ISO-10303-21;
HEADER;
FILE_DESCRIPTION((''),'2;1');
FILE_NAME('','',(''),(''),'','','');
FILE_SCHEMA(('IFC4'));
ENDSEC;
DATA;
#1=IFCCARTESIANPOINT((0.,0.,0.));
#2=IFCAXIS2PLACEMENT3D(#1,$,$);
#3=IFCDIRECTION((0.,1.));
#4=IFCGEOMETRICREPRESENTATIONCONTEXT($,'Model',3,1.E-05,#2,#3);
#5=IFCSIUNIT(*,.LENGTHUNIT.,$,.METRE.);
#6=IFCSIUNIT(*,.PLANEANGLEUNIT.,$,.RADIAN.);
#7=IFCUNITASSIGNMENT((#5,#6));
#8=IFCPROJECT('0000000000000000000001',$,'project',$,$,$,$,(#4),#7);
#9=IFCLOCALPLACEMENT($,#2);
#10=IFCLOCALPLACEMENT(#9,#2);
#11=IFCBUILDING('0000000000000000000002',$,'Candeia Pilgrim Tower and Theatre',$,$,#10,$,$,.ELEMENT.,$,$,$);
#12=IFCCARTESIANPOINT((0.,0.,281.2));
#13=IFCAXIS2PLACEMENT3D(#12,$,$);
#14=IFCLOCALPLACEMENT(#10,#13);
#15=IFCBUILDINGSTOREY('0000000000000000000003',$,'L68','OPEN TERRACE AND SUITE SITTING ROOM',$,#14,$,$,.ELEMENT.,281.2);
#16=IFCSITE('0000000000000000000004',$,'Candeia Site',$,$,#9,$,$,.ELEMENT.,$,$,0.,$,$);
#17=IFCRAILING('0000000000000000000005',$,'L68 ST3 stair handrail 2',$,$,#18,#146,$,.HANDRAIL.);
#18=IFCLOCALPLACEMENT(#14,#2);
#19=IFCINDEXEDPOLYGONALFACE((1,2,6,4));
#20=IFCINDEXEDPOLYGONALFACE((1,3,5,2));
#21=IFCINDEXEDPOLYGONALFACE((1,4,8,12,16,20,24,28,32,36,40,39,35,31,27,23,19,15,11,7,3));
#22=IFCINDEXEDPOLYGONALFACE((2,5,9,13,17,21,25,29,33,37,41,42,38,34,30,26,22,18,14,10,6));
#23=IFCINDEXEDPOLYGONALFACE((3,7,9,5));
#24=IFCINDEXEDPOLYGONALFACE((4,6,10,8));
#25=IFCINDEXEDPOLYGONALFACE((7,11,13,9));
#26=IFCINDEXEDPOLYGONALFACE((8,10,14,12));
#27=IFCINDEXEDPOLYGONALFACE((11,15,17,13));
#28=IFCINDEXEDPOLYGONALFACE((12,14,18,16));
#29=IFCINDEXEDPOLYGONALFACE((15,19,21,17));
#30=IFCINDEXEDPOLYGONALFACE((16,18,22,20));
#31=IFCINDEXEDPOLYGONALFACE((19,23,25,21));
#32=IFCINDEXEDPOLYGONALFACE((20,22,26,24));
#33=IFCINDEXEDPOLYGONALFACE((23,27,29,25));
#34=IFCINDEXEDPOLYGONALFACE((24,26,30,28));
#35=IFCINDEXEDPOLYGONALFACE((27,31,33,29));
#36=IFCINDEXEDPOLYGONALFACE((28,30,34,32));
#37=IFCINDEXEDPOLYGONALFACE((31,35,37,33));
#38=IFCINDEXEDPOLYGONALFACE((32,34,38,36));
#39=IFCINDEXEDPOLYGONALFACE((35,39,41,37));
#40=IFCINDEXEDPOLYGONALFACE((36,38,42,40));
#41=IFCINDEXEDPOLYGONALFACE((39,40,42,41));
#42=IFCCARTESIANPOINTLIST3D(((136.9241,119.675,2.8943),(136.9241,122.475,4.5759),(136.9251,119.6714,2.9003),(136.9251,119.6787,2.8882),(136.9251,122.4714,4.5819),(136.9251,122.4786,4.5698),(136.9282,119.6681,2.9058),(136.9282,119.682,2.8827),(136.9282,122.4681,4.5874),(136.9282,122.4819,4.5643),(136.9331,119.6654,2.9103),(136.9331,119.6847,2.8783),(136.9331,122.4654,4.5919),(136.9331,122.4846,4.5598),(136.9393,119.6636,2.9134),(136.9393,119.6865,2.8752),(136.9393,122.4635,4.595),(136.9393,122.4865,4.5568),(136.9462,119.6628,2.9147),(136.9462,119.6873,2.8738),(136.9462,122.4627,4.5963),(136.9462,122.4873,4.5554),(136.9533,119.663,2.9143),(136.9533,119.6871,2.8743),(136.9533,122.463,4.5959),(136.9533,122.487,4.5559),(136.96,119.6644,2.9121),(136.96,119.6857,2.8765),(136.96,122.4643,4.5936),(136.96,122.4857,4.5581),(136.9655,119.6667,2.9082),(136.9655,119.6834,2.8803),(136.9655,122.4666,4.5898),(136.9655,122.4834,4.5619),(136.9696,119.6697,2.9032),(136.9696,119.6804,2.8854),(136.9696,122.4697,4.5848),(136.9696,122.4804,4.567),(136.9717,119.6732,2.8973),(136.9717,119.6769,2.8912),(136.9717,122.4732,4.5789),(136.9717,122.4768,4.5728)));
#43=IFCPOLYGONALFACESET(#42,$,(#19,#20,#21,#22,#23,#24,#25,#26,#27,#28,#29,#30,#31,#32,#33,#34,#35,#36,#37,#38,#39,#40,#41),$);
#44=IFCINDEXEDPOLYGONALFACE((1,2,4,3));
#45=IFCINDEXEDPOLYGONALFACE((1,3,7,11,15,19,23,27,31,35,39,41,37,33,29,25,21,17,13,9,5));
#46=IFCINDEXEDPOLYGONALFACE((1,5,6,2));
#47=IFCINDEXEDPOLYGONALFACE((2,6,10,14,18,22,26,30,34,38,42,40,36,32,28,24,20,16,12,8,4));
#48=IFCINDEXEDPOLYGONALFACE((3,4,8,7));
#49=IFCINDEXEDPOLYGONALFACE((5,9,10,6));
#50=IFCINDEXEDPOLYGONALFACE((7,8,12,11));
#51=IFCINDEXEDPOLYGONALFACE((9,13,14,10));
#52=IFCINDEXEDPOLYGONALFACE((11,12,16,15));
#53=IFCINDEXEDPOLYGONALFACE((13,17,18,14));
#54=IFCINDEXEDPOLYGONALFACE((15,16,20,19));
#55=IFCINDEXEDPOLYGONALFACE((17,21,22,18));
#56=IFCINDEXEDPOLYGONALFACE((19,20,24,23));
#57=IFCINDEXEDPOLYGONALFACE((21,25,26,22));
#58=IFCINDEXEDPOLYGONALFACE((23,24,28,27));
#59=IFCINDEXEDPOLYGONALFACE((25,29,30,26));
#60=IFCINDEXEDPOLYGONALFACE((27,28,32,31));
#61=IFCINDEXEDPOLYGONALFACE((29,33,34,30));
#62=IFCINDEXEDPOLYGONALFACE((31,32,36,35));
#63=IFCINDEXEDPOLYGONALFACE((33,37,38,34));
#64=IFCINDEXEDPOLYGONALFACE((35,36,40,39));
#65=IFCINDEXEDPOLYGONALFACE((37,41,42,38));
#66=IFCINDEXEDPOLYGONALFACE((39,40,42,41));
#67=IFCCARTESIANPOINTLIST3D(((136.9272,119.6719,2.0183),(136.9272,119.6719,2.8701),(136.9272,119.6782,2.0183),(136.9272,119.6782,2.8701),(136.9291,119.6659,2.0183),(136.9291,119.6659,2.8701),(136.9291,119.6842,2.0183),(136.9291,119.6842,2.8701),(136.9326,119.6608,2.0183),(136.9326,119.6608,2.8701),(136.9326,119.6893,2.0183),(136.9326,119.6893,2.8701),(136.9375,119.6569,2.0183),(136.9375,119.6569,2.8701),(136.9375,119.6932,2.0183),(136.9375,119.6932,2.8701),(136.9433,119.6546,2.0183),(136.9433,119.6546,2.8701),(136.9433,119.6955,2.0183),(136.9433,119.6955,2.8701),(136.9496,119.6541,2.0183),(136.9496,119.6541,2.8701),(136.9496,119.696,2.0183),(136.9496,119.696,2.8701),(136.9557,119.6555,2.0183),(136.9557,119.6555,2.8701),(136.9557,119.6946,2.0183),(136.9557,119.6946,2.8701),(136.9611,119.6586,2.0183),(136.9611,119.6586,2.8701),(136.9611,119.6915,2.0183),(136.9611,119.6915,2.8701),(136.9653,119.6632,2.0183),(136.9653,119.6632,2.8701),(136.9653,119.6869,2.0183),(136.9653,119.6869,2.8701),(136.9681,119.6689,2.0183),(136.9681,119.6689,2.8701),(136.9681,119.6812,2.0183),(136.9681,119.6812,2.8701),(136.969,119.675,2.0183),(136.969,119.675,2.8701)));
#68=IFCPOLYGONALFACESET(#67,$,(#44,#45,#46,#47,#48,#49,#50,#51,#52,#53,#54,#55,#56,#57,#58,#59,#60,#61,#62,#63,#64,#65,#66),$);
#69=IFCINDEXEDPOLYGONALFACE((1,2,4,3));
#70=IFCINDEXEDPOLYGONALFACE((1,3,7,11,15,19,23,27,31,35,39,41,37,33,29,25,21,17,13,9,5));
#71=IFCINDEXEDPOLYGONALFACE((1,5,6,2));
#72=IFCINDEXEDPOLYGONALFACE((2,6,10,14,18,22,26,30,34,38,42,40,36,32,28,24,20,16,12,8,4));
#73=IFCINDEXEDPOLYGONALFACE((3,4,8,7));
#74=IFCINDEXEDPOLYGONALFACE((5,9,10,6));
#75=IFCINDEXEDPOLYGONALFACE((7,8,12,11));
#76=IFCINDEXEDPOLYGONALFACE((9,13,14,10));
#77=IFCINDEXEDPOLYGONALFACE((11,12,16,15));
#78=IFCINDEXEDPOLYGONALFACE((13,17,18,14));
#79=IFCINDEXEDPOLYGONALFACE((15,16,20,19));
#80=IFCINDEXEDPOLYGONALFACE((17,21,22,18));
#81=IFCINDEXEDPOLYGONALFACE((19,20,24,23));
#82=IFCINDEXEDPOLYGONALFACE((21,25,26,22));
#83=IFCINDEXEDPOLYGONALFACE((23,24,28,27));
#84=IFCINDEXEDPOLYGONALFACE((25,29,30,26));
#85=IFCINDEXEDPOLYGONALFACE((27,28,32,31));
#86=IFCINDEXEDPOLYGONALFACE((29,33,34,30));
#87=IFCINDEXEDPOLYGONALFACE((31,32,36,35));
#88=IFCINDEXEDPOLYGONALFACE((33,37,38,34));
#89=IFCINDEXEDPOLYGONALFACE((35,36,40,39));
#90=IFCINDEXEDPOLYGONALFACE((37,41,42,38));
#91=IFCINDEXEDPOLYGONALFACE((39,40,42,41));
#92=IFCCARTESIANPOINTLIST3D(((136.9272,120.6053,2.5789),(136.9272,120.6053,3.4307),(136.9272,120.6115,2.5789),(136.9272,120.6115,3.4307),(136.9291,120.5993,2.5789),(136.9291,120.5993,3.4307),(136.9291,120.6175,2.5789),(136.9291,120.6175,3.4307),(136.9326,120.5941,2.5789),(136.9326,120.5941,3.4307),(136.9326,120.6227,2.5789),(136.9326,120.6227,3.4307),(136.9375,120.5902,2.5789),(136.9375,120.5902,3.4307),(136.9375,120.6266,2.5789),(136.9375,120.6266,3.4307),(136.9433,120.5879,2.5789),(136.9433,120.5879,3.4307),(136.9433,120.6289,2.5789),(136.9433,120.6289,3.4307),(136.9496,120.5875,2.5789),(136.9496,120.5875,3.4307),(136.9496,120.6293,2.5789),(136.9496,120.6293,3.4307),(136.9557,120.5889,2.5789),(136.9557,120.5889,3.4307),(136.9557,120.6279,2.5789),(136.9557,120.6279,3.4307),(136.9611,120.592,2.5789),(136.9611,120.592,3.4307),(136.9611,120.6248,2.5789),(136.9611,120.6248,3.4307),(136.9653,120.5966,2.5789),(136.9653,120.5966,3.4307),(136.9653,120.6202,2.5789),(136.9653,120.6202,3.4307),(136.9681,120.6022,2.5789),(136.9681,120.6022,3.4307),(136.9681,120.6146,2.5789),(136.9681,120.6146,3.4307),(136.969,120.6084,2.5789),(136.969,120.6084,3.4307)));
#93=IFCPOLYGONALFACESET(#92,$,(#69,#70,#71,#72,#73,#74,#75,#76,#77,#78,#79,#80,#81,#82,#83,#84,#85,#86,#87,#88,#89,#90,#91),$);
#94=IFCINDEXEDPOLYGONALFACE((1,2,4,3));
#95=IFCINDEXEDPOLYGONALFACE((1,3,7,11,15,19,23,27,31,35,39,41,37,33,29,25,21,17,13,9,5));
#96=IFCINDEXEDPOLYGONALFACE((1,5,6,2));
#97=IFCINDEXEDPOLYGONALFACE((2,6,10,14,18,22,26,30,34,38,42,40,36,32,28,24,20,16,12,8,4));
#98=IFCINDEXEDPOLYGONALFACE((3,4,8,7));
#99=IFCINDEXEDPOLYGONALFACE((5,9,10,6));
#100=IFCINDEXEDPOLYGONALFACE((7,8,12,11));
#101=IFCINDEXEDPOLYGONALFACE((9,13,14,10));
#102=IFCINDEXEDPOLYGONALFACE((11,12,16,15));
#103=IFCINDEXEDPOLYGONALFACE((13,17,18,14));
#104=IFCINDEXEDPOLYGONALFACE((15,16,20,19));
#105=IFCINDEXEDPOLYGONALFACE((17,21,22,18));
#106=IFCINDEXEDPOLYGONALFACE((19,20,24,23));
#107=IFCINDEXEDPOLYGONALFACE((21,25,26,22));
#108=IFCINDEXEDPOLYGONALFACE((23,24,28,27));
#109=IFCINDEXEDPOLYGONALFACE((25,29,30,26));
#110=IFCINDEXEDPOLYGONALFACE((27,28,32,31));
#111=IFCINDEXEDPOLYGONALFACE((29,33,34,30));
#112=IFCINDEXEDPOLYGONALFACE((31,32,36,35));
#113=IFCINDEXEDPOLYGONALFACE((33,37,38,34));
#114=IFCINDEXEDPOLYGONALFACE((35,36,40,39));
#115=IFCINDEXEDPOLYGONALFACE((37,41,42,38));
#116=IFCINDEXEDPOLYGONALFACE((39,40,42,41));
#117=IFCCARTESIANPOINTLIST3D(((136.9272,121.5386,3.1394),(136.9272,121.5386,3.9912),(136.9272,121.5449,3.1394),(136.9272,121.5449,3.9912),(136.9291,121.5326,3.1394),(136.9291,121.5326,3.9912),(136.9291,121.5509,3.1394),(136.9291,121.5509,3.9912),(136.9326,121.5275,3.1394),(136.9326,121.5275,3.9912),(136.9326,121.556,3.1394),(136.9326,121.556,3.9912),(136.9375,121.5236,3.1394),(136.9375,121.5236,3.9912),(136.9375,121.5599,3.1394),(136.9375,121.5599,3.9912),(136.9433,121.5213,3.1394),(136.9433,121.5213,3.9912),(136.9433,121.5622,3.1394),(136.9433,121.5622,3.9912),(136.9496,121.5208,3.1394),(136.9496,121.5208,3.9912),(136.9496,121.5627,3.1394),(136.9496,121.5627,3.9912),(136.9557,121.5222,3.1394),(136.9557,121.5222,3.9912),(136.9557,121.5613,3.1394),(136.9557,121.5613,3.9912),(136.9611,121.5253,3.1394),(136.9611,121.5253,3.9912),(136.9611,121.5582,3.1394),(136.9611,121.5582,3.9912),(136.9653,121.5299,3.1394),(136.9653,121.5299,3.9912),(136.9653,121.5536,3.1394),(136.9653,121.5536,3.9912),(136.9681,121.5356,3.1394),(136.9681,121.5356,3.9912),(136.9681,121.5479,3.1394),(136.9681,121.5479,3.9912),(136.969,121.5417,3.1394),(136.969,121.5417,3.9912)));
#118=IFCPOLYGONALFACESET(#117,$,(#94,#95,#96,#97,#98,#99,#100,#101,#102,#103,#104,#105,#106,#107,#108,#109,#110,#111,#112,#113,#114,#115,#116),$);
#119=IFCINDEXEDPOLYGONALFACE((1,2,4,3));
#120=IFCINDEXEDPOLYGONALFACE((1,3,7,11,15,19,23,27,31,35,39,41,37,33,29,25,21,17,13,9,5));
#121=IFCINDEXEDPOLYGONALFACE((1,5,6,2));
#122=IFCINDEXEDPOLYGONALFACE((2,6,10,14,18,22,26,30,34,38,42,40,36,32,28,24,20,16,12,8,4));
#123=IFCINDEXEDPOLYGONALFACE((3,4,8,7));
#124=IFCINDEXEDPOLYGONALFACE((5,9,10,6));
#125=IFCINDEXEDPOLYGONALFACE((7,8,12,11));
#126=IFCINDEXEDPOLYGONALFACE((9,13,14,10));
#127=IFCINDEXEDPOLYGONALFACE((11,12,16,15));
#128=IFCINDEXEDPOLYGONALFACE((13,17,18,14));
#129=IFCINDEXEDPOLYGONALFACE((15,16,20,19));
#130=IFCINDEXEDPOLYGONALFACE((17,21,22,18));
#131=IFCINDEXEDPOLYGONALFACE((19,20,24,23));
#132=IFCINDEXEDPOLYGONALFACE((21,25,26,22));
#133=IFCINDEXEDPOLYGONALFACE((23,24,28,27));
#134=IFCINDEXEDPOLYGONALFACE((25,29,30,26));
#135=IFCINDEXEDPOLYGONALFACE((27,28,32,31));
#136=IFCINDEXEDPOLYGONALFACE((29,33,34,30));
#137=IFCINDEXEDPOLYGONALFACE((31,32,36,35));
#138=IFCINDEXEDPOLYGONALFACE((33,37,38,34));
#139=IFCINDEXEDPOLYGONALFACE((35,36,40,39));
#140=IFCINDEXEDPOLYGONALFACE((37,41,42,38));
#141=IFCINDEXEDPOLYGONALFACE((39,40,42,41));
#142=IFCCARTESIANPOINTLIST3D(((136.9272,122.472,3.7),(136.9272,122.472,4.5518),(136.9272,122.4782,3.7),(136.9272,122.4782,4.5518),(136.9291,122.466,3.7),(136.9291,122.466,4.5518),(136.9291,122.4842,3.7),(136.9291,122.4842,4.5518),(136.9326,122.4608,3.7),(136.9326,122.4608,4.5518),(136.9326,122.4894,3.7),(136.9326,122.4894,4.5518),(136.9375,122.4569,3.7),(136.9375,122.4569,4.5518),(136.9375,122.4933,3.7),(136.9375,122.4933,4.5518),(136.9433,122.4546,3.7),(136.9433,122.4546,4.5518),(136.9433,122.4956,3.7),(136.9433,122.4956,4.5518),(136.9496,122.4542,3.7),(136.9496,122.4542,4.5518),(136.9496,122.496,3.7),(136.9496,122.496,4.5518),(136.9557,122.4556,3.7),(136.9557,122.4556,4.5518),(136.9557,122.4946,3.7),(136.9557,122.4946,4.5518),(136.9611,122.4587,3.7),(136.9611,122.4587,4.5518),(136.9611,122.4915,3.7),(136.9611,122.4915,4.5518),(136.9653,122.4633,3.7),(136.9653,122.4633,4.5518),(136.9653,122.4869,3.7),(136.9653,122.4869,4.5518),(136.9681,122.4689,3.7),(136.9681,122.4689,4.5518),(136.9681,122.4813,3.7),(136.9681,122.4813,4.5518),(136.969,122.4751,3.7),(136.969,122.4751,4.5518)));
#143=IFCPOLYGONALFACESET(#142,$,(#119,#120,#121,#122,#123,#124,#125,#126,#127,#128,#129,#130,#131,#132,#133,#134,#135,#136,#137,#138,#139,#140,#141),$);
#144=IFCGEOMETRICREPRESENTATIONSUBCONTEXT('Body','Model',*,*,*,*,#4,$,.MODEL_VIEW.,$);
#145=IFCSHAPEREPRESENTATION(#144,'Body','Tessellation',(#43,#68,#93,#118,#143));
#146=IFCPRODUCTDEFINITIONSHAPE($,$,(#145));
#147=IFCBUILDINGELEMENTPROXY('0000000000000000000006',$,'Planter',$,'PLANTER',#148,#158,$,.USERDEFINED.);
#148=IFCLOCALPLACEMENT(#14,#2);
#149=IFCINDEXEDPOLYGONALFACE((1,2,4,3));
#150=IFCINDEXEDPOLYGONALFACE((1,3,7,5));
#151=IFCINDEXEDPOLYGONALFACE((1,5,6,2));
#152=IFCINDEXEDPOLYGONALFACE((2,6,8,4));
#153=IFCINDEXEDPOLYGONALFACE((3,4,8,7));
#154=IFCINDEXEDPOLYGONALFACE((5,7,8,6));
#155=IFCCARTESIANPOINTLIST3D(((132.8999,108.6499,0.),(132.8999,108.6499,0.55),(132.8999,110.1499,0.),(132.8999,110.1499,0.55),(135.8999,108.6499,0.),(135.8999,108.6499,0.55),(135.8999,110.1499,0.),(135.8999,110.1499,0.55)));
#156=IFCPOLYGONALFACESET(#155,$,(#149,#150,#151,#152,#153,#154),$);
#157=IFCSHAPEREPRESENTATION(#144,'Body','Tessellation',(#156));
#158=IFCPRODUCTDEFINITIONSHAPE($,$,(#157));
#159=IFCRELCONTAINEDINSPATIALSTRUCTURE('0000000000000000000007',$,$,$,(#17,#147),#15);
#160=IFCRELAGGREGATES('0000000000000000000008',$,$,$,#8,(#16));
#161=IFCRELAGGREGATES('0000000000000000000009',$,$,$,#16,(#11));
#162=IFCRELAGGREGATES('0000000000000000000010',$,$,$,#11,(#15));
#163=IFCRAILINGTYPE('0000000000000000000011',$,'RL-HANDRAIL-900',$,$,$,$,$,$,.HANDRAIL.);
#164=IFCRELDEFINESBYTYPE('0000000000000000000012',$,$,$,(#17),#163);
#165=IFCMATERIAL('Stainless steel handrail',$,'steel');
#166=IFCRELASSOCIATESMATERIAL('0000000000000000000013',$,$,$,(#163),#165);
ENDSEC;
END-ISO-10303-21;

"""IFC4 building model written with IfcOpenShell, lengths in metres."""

from ifc_helpers import new_model, si_unit, direction, frame, origin, origin_2d, place, context, subcontext, project, spatial, rectangle, circle, extrude, material, type_object, element, save


model = new_model("IFC4")

# Units and contexts
model_context = context("Model", 3, precision=1e-05, world=origin(), true_north=direction((0.0, 1.0)))
body_context = subcontext(model_context, "Body", "Model", "MODEL_VIEW")
ifc_project = project(units=[si_unit("LENGTHUNIT", "METRE"), si_unit("PLANEANGLEUNIT", "RADIAN")], contexts=[model_context])

# Site, building, storey
site_placement = place(None, origin())
site = spatial("IfcSite", under=ifc_project, at=site_placement, Name="Candeia Site", CompositionType="ELEMENT", RefElevation=0.0)
building_placement = place(site_placement, origin())
building = spatial("IfcBuilding", under=site, at=building_placement, Name="Candeia Pilgrim Tower and Theatre", CompositionType="ELEMENT")
storey_placement = place(building_placement, frame((0.0, 0.0, 281.2)))
storey = spatial("IfcBuildingStorey", under=building, at=storey_placement, Name="L68", Description="OPEN TERRACE AND SUITE SITTING ROOM", CompositionType="ELEMENT", Elevation=281.2)

# Railing
ifc_material_1 = material(Name="Stainless steel handrail", Category="steel")
railing_type_1 = type_object("IfcRailingType", Name="RL-HANDRAIL-900", PredefinedType="HANDRAIL", material=ifc_material_1)
railing_1_placement = place(storey_placement, frame((136.948, 119.675, 2.0183)))
element("IfcRailing", 1, at=railing_1_placement, inside=storey, type_object=railing_type_1, Name="L68 ST3 stair handrail 2", PredefinedType="HANDRAIL", context=body_context, shape_type="SweptSolid", body=[
    extrude(circle(Radius=0.0239, at=origin_2d()), frame((0.0, 0.0, 0.876), z_axis=(0.0, 0.857275, 0.514858), x_axis=(-1.0, 0.0, 0.0)), (0.0, 0.0, 1.0), 3.2661),
    extrude(circle(Radius=0.021, at=origin_2d()), origin(), (0.0, 0.0, 1.0), 0.8518),
    extrude(circle(Radius=0.021, at=origin_2d()), frame((0.0, 0.9333, 0.5605)), (0.0, 0.0, 1.0), 0.8518),
    extrude(circle(Radius=0.021, at=origin_2d()), frame((0.0, 1.8667, 1.1211)), (0.0, 0.0, 1.0), 0.8518),
    extrude(circle(Radius=0.021, at=origin_2d()), frame((0.0, 2.8, 1.6816)), (0.0, 0.0, 1.0), 0.8518),
])

# Building element proxy
proxy_placement = place(storey_placement, frame((134.3999, 109.3999, 0.0), z_axis=(0.0, 0.0, 1.0), x_axis=(1.0, 0.0, 0.0)))
element("IfcBuildingElementProxy", 2, at=proxy_placement, inside=storey, Name="Planter", ObjectType="PLANTER", PredefinedType="USERDEFINED", context=body_context, shape_type="SweptSolid", body=[
    extrude(rectangle(XDim=3.0, YDim=1.5, at=origin_2d()), origin(), (0.0, 0.0, 1.0), 0.55),
])

save(model, "model.ifc")
